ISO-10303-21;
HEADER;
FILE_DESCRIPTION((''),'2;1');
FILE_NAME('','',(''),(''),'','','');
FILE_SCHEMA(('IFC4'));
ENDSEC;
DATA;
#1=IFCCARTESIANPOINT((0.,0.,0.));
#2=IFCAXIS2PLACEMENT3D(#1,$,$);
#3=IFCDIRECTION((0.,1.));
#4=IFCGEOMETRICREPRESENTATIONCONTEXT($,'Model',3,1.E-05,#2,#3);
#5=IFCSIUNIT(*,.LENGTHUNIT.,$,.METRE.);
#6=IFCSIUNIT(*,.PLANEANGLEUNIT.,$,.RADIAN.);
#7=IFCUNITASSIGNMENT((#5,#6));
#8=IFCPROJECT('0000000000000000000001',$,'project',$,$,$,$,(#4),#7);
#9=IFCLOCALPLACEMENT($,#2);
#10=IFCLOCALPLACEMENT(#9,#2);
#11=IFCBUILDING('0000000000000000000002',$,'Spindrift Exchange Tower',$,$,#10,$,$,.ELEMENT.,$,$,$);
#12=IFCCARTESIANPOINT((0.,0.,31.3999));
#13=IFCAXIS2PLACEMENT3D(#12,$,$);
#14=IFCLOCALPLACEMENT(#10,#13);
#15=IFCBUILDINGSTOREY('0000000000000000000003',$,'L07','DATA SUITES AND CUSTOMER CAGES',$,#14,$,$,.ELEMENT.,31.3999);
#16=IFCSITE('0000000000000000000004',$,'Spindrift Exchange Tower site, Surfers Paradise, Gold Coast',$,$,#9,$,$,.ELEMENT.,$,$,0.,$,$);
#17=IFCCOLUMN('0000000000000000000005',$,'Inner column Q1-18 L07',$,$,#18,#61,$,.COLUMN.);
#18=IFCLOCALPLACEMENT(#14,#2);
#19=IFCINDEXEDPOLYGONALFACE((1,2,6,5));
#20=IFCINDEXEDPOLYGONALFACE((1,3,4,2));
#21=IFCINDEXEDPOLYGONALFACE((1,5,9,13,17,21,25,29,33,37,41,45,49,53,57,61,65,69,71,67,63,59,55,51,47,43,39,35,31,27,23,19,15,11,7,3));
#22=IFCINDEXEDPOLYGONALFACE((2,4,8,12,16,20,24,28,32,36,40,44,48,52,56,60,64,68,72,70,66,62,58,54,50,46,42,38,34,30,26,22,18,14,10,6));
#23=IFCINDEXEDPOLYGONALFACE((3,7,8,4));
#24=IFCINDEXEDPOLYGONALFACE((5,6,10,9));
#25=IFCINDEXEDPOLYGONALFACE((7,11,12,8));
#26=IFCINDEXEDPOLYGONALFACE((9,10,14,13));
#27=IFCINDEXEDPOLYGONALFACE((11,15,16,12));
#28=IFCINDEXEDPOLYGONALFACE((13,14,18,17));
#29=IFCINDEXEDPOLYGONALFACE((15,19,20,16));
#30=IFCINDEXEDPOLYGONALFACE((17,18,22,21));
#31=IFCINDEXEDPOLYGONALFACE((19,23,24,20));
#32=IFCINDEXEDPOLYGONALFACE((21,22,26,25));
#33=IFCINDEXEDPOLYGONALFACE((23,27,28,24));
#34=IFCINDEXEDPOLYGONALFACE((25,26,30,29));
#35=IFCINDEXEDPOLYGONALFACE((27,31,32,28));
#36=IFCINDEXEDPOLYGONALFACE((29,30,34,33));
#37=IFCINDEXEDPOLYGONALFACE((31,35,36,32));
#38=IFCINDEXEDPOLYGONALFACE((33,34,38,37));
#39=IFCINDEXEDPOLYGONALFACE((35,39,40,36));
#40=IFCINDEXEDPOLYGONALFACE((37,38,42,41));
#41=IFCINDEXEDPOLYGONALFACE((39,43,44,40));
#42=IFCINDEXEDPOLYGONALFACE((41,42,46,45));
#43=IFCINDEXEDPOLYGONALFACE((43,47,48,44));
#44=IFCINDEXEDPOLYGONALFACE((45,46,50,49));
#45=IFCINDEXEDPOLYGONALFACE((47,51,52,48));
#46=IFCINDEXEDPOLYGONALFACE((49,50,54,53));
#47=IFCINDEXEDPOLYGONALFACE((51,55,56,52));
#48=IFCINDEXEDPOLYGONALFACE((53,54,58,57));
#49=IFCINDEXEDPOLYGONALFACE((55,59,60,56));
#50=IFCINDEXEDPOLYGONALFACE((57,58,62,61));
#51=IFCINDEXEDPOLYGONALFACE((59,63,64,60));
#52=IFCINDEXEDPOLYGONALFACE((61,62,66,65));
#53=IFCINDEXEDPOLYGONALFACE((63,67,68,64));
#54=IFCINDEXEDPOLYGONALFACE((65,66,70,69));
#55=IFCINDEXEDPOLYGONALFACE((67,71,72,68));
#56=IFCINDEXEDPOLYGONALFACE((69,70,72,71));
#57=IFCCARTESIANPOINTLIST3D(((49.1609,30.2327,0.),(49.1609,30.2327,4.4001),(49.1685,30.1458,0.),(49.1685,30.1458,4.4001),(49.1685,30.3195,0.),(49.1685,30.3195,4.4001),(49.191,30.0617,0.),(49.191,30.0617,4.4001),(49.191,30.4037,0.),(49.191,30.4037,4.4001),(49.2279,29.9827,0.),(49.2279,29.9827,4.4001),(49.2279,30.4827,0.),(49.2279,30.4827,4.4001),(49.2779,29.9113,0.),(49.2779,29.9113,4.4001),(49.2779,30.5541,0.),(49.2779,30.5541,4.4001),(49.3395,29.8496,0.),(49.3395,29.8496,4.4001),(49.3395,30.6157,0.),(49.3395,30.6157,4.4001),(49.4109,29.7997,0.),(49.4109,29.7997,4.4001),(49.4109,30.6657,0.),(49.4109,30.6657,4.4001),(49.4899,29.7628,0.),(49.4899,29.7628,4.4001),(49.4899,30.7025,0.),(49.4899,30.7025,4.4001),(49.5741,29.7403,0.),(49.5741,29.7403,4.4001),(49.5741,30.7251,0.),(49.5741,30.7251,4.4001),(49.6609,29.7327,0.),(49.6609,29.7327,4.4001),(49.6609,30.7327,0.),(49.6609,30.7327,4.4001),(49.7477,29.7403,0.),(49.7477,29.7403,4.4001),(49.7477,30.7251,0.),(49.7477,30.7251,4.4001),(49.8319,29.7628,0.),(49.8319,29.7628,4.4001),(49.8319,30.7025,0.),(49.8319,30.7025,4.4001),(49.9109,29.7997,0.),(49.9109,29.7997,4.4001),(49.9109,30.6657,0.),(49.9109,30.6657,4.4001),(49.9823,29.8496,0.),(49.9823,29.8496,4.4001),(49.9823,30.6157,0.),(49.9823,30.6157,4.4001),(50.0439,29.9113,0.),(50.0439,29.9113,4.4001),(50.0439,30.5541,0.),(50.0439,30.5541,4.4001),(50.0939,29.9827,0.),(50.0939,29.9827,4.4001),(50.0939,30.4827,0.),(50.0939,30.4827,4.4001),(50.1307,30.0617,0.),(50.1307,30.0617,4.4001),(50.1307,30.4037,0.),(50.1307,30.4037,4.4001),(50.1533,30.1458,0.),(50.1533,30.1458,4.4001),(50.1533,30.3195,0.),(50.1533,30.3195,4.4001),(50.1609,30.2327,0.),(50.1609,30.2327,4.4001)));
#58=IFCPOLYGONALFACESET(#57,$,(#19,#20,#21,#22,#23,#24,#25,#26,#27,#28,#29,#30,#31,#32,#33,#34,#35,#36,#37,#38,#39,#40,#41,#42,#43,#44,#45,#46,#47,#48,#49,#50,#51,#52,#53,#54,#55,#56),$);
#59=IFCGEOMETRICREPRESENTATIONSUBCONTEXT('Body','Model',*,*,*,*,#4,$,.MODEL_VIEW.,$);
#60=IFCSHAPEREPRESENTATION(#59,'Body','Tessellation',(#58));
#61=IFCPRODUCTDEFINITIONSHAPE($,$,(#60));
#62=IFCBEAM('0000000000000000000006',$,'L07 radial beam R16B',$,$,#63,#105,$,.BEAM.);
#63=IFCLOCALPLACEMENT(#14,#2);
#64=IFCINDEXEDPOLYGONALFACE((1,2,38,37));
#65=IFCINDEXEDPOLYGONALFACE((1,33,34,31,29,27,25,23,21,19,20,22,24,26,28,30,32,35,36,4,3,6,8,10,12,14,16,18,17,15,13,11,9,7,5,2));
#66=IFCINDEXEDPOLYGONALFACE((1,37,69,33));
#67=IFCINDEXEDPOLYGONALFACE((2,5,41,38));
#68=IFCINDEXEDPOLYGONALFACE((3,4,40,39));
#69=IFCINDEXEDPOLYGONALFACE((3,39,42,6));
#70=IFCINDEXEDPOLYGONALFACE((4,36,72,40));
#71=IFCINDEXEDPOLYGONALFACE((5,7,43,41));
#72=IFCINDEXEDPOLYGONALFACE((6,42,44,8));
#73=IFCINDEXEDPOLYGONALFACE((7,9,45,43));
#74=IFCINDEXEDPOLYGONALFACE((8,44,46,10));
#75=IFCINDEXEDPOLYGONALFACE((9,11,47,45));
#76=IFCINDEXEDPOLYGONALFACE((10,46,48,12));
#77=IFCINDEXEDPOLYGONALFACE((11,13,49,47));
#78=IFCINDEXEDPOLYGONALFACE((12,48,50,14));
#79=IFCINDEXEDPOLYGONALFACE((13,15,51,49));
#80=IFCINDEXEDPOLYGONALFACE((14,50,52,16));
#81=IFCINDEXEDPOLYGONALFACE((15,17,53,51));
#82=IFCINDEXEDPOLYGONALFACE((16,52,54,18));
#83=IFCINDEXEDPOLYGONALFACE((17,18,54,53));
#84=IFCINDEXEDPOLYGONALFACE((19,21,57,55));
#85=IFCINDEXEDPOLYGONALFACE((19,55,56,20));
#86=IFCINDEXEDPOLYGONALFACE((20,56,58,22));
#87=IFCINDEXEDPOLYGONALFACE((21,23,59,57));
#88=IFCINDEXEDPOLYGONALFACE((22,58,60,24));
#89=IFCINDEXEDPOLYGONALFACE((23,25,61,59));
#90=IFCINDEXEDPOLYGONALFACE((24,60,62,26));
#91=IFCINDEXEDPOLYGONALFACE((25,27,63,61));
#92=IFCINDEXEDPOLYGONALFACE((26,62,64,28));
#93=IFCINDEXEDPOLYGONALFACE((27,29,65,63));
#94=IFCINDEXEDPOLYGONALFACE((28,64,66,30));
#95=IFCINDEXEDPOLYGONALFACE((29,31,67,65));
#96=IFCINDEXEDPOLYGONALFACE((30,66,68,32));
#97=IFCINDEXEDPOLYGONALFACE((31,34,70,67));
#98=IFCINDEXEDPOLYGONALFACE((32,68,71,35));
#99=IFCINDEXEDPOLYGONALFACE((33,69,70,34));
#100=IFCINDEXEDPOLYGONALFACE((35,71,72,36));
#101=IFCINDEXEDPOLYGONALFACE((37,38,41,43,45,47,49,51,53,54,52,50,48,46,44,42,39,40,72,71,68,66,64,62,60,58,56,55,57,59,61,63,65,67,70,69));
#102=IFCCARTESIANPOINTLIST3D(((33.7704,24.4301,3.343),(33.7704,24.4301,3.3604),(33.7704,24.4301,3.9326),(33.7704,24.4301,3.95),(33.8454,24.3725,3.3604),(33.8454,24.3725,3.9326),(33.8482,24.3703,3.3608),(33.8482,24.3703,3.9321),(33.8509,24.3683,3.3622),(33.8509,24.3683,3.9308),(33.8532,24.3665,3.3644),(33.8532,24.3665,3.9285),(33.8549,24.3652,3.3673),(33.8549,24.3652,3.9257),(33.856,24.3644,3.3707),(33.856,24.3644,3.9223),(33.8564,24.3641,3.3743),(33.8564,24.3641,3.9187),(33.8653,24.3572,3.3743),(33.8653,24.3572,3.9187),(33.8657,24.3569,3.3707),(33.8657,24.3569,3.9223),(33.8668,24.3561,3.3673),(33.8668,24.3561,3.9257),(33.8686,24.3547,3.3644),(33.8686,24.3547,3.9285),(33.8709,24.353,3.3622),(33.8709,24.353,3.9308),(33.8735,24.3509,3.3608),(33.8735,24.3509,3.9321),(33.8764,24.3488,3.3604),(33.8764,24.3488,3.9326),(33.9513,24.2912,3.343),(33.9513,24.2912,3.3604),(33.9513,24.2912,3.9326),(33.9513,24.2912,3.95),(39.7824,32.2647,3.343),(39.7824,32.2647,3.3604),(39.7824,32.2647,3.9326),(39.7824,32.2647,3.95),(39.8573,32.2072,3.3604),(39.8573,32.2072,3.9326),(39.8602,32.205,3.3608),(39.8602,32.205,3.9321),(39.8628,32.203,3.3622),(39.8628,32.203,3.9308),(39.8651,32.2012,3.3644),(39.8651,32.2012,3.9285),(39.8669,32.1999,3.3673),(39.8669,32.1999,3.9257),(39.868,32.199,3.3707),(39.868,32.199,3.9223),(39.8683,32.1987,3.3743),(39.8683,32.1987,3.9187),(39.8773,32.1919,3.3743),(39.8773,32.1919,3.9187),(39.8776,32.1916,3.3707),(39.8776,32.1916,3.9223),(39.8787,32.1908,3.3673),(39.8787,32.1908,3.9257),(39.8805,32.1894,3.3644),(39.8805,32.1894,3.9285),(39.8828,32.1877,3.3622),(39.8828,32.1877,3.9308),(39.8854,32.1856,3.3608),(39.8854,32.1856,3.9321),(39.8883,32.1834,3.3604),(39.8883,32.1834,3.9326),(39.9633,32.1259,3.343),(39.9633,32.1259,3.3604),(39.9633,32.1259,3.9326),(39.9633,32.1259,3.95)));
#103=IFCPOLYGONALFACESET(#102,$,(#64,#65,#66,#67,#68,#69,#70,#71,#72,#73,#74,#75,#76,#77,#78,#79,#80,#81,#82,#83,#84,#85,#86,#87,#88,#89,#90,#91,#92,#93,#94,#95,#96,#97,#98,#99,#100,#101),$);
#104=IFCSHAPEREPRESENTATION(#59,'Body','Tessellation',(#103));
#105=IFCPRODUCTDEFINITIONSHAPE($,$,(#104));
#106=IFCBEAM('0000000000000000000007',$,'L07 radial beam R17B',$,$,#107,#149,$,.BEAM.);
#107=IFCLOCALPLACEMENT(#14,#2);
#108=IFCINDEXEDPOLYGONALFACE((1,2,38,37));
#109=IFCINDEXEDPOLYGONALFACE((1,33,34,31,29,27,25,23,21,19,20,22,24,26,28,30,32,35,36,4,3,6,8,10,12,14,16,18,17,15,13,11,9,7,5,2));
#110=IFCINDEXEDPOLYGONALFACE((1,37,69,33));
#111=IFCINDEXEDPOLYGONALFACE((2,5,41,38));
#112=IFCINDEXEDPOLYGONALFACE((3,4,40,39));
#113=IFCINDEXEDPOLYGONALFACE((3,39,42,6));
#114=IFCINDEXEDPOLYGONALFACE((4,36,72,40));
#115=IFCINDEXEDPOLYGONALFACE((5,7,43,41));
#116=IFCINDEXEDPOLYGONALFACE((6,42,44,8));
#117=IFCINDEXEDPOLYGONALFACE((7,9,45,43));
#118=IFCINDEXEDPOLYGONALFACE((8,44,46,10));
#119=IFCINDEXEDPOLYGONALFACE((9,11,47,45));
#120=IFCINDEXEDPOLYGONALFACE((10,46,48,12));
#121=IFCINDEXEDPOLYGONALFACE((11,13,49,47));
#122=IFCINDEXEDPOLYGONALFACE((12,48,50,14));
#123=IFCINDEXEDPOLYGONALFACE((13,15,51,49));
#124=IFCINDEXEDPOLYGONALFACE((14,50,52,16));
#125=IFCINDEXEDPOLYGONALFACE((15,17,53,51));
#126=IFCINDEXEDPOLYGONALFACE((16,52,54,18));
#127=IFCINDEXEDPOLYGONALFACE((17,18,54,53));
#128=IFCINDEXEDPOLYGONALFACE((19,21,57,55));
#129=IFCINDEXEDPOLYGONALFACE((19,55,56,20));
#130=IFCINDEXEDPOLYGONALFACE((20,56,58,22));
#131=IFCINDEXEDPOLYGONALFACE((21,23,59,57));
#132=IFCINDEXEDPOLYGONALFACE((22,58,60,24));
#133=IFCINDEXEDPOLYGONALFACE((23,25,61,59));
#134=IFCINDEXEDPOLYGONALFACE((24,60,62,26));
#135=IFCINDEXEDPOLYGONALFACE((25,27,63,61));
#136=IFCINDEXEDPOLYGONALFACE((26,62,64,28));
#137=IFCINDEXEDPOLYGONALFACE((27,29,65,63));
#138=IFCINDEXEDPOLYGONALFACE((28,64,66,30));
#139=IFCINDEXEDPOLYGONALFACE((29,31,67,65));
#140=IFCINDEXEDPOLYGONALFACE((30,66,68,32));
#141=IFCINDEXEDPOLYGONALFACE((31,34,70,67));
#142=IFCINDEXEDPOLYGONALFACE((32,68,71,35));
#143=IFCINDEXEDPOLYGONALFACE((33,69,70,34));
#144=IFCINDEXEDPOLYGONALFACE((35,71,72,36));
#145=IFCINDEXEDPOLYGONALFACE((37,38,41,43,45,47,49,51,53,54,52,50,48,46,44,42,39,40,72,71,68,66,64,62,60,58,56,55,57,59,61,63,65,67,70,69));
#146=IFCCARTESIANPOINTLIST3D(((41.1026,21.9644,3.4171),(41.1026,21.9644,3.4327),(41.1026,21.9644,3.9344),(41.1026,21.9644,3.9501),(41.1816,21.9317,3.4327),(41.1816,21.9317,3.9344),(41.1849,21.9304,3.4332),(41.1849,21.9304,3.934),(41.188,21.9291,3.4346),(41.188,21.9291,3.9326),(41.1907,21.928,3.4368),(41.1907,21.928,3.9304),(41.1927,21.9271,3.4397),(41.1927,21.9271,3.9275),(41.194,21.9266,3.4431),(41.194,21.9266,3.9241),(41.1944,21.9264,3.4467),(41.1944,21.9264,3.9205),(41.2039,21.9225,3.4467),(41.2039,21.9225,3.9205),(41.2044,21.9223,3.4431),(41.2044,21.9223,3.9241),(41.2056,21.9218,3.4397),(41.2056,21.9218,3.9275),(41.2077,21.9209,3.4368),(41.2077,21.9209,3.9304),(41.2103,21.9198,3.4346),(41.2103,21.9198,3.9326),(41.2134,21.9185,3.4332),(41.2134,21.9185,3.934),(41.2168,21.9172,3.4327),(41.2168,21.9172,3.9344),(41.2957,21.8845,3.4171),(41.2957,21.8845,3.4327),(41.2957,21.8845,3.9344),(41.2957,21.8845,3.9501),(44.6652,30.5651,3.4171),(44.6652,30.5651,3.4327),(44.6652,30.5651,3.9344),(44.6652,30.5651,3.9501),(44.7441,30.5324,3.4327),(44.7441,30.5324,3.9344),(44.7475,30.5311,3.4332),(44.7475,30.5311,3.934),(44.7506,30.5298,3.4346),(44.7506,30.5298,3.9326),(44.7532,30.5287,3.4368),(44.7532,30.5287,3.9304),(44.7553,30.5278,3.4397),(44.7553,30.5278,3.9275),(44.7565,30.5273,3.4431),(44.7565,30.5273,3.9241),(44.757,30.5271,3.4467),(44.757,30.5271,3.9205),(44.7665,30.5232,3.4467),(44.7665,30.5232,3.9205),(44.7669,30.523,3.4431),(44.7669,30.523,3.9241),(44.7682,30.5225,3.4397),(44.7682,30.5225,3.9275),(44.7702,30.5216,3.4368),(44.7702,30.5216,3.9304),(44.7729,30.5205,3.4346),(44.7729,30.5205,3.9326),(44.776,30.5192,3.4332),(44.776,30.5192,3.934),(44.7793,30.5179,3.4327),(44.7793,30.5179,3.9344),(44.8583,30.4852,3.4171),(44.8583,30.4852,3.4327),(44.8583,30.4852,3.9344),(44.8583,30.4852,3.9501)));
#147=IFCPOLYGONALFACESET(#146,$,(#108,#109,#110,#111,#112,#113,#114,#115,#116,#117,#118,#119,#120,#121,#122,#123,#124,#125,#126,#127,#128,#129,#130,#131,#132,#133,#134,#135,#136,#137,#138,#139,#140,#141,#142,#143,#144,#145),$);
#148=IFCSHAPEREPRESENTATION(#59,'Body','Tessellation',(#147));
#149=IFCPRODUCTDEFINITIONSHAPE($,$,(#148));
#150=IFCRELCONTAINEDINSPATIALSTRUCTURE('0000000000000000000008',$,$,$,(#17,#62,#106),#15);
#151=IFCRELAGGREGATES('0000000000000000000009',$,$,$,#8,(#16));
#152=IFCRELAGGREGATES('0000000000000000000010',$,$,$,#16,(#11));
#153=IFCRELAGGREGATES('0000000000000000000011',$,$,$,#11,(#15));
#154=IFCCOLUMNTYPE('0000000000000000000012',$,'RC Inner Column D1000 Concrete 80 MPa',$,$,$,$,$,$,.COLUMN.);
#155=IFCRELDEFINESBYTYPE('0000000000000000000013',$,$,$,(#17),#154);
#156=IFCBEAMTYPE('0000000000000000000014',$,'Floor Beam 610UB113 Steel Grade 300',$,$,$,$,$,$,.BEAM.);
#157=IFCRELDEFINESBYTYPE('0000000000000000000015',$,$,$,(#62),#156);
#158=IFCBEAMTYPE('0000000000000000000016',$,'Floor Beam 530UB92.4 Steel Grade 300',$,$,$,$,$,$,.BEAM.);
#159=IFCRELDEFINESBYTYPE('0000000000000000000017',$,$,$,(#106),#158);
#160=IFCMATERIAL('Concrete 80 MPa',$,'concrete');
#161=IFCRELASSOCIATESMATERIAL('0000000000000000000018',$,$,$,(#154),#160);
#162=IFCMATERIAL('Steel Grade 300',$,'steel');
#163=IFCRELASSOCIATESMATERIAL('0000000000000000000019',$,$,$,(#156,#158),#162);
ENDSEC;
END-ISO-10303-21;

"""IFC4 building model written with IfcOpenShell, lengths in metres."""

from ifc_helpers import new_model, si_unit, direction, frame, origin, origin_2d, place, context, subcontext, project, spatial, circle, i_section, extrude, source, transform, mapped, material, material_profile, profile_set, type_object, element, save


model = new_model("IFC4")

# Units and contexts
model_context = context("Model", 3, precision=1e-05, world=origin(), true_north=direction((0.0, 1.0)))
body_context = subcontext(model_context, "Body", "Model", "MODEL_VIEW")
ifc_project = project(units=[si_unit("LENGTHUNIT", "METRE"), si_unit("PLANEANGLEUNIT", "RADIAN")], contexts=[model_context])

# Site, building, storey
site_placement = place(None, origin())
site = spatial("IfcSite", under=ifc_project, at=site_placement, Name="Spindrift Exchange Tower site, Surfers Paradise, Gold Coast", CompositionType="ELEMENT", RefElevation=0.0)
building_placement = place(site_placement, origin())
building = spatial("IfcBuilding", under=site, at=building_placement, Name="Spindrift Exchange Tower", CompositionType="ELEMENT")
storey_placement = place(building_placement, frame((0.0, 0.0, 31.3999)))
storey = spatial("IfcBuildingStorey", under=building, at=storey_placement, Name="L07", Description="DATA SUITES AND CUSTOMER CAGES", CompositionType="ELEMENT", Elevation=31.3999)

# Column
ifc_material_1 = material(Name="Concrete 80 MPa", Category="concrete")
ifc_material_profile_1 = material_profile(ifc_material_1, circle(Radius=0.5, at=origin_2d()), Name="RC D1000")
ifc_profile_set_1 = profile_set([ifc_material_profile_1], Name="Concrete 80 MPa")
column_type_1 = type_object("IfcColumnType", Name="RC Inner Column D1000 Concrete 80 MPa", PredefinedType="COLUMN", material=ifc_profile_set_1)
shared_shape_1 = source(origin(), body_context, "Body", "SweptSolid", [
    extrude(circle(Radius=0.5, at=origin_2d()), origin(), (0.0, 0.0, 1.0), 4.4001),
])
for number, where, z_axis, x_axis, name in (
    (1, (49.6609, 30.2327, 0.0), (0.0, 0.0, 1.0), (1.0, 0.0, 0.0), "Inner column Q1-18 L07"),
):
    element("IfcColumn", number, at=place(storey_placement, frame(where, z_axis=z_axis, x_axis=x_axis)), inside=storey, type_object=column_type_1, Name=name, PredefinedType="COLUMN", context=body_context, shape_type="MappedRepresentation", body=[
        mapped(shared_shape_1, transform((0.0, 0.0, 0.0), scale=1.0)),
    ])

# Beams
ifc_material_2 = material(Name="Steel Grade 300", Category="steel")
ifc_material_profile_2 = material_profile(ifc_material_2, i_section(OverallWidth=0.228, OverallDepth=0.6069, WebThickness=0.0112, FlangeThickness=0.0173, FilletRadius=0.0139, at=origin_2d()), Name="610UB113")
ifc_profile_set_2 = profile_set([ifc_material_profile_2], Name="Steel Grade 300")
beam_type_1 = type_object("IfcBeamType", Name="Floor Beam 610UB113 Steel Grade 300", PredefinedType="BEAM", material=ifc_profile_set_2)
shared_shape_2 = source(origin(), body_context, "Body", "SweptSolid", [
    extrude(i_section(OverallWidth=0.228, OverallDepth=0.6069, WebThickness=0.0112, FlangeThickness=0.0173, FilletRadius=0.0139, at=origin_2d()), origin(), (0.0, 0.0, 1.0), 9.8755),
])
beam_1_placement = place(storey_placement, frame((39.8728, 32.1953, 3.6465), z_axis=(-0.608772, -0.793345, 0.0), x_axis=(0.793345, -0.608772, 0.0)))
element("IfcBeam", 2, at=beam_1_placement, inside=storey, type_object=beam_type_1, Name="L07 radial beam R16B", PredefinedType="BEAM", context=body_context, shape_type="MappedRepresentation", body=[
    mapped(shared_shape_2, transform((0.0, 0.0, 0.0), scale=1.0)),
])
ifc_material_profile_3 = material_profile(ifc_material_2, i_section(OverallWidth=0.209, OverallDepth=0.533, WebThickness=0.0103, FlangeThickness=0.0156, FilletRadius=0.0139, at=origin_2d()), Name="530UB92.4")
ifc_profile_set_3 = profile_set([ifc_material_profile_3], Name="Steel Grade 300")
beam_type_2 = type_object("IfcBeamType", Name="Floor Beam 530UB92.4 Steel Grade 300", PredefinedType="BEAM", material=ifc_profile_set_3)
shared_shape_3 = source(origin(), body_context, "Body", "SweptSolid", [
    extrude(i_section(OverallWidth=0.209, OverallDepth=0.533, WebThickness=0.0103, FlangeThickness=0.0156, FilletRadius=0.0139, at=origin_2d()), origin(), (0.0, 0.0, 1.0), 9.3093),
])
beam_2_placement = place(storey_placement, frame((44.7617, 30.5251, 3.6836), z_axis=(-0.382685, -0.923879, 0.0), x_axis=(0.923879, -0.382685, 0.0)))
element("IfcBeam", 3, at=beam_2_placement, inside=storey, type_object=beam_type_2, Name="L07 radial beam R17B", PredefinedType="BEAM", context=body_context, shape_type="MappedRepresentation", body=[
    mapped(shared_shape_3, transform((0.0, 0.0, 0.0), scale=1.0)),
])

save(model, "model.ifc")
